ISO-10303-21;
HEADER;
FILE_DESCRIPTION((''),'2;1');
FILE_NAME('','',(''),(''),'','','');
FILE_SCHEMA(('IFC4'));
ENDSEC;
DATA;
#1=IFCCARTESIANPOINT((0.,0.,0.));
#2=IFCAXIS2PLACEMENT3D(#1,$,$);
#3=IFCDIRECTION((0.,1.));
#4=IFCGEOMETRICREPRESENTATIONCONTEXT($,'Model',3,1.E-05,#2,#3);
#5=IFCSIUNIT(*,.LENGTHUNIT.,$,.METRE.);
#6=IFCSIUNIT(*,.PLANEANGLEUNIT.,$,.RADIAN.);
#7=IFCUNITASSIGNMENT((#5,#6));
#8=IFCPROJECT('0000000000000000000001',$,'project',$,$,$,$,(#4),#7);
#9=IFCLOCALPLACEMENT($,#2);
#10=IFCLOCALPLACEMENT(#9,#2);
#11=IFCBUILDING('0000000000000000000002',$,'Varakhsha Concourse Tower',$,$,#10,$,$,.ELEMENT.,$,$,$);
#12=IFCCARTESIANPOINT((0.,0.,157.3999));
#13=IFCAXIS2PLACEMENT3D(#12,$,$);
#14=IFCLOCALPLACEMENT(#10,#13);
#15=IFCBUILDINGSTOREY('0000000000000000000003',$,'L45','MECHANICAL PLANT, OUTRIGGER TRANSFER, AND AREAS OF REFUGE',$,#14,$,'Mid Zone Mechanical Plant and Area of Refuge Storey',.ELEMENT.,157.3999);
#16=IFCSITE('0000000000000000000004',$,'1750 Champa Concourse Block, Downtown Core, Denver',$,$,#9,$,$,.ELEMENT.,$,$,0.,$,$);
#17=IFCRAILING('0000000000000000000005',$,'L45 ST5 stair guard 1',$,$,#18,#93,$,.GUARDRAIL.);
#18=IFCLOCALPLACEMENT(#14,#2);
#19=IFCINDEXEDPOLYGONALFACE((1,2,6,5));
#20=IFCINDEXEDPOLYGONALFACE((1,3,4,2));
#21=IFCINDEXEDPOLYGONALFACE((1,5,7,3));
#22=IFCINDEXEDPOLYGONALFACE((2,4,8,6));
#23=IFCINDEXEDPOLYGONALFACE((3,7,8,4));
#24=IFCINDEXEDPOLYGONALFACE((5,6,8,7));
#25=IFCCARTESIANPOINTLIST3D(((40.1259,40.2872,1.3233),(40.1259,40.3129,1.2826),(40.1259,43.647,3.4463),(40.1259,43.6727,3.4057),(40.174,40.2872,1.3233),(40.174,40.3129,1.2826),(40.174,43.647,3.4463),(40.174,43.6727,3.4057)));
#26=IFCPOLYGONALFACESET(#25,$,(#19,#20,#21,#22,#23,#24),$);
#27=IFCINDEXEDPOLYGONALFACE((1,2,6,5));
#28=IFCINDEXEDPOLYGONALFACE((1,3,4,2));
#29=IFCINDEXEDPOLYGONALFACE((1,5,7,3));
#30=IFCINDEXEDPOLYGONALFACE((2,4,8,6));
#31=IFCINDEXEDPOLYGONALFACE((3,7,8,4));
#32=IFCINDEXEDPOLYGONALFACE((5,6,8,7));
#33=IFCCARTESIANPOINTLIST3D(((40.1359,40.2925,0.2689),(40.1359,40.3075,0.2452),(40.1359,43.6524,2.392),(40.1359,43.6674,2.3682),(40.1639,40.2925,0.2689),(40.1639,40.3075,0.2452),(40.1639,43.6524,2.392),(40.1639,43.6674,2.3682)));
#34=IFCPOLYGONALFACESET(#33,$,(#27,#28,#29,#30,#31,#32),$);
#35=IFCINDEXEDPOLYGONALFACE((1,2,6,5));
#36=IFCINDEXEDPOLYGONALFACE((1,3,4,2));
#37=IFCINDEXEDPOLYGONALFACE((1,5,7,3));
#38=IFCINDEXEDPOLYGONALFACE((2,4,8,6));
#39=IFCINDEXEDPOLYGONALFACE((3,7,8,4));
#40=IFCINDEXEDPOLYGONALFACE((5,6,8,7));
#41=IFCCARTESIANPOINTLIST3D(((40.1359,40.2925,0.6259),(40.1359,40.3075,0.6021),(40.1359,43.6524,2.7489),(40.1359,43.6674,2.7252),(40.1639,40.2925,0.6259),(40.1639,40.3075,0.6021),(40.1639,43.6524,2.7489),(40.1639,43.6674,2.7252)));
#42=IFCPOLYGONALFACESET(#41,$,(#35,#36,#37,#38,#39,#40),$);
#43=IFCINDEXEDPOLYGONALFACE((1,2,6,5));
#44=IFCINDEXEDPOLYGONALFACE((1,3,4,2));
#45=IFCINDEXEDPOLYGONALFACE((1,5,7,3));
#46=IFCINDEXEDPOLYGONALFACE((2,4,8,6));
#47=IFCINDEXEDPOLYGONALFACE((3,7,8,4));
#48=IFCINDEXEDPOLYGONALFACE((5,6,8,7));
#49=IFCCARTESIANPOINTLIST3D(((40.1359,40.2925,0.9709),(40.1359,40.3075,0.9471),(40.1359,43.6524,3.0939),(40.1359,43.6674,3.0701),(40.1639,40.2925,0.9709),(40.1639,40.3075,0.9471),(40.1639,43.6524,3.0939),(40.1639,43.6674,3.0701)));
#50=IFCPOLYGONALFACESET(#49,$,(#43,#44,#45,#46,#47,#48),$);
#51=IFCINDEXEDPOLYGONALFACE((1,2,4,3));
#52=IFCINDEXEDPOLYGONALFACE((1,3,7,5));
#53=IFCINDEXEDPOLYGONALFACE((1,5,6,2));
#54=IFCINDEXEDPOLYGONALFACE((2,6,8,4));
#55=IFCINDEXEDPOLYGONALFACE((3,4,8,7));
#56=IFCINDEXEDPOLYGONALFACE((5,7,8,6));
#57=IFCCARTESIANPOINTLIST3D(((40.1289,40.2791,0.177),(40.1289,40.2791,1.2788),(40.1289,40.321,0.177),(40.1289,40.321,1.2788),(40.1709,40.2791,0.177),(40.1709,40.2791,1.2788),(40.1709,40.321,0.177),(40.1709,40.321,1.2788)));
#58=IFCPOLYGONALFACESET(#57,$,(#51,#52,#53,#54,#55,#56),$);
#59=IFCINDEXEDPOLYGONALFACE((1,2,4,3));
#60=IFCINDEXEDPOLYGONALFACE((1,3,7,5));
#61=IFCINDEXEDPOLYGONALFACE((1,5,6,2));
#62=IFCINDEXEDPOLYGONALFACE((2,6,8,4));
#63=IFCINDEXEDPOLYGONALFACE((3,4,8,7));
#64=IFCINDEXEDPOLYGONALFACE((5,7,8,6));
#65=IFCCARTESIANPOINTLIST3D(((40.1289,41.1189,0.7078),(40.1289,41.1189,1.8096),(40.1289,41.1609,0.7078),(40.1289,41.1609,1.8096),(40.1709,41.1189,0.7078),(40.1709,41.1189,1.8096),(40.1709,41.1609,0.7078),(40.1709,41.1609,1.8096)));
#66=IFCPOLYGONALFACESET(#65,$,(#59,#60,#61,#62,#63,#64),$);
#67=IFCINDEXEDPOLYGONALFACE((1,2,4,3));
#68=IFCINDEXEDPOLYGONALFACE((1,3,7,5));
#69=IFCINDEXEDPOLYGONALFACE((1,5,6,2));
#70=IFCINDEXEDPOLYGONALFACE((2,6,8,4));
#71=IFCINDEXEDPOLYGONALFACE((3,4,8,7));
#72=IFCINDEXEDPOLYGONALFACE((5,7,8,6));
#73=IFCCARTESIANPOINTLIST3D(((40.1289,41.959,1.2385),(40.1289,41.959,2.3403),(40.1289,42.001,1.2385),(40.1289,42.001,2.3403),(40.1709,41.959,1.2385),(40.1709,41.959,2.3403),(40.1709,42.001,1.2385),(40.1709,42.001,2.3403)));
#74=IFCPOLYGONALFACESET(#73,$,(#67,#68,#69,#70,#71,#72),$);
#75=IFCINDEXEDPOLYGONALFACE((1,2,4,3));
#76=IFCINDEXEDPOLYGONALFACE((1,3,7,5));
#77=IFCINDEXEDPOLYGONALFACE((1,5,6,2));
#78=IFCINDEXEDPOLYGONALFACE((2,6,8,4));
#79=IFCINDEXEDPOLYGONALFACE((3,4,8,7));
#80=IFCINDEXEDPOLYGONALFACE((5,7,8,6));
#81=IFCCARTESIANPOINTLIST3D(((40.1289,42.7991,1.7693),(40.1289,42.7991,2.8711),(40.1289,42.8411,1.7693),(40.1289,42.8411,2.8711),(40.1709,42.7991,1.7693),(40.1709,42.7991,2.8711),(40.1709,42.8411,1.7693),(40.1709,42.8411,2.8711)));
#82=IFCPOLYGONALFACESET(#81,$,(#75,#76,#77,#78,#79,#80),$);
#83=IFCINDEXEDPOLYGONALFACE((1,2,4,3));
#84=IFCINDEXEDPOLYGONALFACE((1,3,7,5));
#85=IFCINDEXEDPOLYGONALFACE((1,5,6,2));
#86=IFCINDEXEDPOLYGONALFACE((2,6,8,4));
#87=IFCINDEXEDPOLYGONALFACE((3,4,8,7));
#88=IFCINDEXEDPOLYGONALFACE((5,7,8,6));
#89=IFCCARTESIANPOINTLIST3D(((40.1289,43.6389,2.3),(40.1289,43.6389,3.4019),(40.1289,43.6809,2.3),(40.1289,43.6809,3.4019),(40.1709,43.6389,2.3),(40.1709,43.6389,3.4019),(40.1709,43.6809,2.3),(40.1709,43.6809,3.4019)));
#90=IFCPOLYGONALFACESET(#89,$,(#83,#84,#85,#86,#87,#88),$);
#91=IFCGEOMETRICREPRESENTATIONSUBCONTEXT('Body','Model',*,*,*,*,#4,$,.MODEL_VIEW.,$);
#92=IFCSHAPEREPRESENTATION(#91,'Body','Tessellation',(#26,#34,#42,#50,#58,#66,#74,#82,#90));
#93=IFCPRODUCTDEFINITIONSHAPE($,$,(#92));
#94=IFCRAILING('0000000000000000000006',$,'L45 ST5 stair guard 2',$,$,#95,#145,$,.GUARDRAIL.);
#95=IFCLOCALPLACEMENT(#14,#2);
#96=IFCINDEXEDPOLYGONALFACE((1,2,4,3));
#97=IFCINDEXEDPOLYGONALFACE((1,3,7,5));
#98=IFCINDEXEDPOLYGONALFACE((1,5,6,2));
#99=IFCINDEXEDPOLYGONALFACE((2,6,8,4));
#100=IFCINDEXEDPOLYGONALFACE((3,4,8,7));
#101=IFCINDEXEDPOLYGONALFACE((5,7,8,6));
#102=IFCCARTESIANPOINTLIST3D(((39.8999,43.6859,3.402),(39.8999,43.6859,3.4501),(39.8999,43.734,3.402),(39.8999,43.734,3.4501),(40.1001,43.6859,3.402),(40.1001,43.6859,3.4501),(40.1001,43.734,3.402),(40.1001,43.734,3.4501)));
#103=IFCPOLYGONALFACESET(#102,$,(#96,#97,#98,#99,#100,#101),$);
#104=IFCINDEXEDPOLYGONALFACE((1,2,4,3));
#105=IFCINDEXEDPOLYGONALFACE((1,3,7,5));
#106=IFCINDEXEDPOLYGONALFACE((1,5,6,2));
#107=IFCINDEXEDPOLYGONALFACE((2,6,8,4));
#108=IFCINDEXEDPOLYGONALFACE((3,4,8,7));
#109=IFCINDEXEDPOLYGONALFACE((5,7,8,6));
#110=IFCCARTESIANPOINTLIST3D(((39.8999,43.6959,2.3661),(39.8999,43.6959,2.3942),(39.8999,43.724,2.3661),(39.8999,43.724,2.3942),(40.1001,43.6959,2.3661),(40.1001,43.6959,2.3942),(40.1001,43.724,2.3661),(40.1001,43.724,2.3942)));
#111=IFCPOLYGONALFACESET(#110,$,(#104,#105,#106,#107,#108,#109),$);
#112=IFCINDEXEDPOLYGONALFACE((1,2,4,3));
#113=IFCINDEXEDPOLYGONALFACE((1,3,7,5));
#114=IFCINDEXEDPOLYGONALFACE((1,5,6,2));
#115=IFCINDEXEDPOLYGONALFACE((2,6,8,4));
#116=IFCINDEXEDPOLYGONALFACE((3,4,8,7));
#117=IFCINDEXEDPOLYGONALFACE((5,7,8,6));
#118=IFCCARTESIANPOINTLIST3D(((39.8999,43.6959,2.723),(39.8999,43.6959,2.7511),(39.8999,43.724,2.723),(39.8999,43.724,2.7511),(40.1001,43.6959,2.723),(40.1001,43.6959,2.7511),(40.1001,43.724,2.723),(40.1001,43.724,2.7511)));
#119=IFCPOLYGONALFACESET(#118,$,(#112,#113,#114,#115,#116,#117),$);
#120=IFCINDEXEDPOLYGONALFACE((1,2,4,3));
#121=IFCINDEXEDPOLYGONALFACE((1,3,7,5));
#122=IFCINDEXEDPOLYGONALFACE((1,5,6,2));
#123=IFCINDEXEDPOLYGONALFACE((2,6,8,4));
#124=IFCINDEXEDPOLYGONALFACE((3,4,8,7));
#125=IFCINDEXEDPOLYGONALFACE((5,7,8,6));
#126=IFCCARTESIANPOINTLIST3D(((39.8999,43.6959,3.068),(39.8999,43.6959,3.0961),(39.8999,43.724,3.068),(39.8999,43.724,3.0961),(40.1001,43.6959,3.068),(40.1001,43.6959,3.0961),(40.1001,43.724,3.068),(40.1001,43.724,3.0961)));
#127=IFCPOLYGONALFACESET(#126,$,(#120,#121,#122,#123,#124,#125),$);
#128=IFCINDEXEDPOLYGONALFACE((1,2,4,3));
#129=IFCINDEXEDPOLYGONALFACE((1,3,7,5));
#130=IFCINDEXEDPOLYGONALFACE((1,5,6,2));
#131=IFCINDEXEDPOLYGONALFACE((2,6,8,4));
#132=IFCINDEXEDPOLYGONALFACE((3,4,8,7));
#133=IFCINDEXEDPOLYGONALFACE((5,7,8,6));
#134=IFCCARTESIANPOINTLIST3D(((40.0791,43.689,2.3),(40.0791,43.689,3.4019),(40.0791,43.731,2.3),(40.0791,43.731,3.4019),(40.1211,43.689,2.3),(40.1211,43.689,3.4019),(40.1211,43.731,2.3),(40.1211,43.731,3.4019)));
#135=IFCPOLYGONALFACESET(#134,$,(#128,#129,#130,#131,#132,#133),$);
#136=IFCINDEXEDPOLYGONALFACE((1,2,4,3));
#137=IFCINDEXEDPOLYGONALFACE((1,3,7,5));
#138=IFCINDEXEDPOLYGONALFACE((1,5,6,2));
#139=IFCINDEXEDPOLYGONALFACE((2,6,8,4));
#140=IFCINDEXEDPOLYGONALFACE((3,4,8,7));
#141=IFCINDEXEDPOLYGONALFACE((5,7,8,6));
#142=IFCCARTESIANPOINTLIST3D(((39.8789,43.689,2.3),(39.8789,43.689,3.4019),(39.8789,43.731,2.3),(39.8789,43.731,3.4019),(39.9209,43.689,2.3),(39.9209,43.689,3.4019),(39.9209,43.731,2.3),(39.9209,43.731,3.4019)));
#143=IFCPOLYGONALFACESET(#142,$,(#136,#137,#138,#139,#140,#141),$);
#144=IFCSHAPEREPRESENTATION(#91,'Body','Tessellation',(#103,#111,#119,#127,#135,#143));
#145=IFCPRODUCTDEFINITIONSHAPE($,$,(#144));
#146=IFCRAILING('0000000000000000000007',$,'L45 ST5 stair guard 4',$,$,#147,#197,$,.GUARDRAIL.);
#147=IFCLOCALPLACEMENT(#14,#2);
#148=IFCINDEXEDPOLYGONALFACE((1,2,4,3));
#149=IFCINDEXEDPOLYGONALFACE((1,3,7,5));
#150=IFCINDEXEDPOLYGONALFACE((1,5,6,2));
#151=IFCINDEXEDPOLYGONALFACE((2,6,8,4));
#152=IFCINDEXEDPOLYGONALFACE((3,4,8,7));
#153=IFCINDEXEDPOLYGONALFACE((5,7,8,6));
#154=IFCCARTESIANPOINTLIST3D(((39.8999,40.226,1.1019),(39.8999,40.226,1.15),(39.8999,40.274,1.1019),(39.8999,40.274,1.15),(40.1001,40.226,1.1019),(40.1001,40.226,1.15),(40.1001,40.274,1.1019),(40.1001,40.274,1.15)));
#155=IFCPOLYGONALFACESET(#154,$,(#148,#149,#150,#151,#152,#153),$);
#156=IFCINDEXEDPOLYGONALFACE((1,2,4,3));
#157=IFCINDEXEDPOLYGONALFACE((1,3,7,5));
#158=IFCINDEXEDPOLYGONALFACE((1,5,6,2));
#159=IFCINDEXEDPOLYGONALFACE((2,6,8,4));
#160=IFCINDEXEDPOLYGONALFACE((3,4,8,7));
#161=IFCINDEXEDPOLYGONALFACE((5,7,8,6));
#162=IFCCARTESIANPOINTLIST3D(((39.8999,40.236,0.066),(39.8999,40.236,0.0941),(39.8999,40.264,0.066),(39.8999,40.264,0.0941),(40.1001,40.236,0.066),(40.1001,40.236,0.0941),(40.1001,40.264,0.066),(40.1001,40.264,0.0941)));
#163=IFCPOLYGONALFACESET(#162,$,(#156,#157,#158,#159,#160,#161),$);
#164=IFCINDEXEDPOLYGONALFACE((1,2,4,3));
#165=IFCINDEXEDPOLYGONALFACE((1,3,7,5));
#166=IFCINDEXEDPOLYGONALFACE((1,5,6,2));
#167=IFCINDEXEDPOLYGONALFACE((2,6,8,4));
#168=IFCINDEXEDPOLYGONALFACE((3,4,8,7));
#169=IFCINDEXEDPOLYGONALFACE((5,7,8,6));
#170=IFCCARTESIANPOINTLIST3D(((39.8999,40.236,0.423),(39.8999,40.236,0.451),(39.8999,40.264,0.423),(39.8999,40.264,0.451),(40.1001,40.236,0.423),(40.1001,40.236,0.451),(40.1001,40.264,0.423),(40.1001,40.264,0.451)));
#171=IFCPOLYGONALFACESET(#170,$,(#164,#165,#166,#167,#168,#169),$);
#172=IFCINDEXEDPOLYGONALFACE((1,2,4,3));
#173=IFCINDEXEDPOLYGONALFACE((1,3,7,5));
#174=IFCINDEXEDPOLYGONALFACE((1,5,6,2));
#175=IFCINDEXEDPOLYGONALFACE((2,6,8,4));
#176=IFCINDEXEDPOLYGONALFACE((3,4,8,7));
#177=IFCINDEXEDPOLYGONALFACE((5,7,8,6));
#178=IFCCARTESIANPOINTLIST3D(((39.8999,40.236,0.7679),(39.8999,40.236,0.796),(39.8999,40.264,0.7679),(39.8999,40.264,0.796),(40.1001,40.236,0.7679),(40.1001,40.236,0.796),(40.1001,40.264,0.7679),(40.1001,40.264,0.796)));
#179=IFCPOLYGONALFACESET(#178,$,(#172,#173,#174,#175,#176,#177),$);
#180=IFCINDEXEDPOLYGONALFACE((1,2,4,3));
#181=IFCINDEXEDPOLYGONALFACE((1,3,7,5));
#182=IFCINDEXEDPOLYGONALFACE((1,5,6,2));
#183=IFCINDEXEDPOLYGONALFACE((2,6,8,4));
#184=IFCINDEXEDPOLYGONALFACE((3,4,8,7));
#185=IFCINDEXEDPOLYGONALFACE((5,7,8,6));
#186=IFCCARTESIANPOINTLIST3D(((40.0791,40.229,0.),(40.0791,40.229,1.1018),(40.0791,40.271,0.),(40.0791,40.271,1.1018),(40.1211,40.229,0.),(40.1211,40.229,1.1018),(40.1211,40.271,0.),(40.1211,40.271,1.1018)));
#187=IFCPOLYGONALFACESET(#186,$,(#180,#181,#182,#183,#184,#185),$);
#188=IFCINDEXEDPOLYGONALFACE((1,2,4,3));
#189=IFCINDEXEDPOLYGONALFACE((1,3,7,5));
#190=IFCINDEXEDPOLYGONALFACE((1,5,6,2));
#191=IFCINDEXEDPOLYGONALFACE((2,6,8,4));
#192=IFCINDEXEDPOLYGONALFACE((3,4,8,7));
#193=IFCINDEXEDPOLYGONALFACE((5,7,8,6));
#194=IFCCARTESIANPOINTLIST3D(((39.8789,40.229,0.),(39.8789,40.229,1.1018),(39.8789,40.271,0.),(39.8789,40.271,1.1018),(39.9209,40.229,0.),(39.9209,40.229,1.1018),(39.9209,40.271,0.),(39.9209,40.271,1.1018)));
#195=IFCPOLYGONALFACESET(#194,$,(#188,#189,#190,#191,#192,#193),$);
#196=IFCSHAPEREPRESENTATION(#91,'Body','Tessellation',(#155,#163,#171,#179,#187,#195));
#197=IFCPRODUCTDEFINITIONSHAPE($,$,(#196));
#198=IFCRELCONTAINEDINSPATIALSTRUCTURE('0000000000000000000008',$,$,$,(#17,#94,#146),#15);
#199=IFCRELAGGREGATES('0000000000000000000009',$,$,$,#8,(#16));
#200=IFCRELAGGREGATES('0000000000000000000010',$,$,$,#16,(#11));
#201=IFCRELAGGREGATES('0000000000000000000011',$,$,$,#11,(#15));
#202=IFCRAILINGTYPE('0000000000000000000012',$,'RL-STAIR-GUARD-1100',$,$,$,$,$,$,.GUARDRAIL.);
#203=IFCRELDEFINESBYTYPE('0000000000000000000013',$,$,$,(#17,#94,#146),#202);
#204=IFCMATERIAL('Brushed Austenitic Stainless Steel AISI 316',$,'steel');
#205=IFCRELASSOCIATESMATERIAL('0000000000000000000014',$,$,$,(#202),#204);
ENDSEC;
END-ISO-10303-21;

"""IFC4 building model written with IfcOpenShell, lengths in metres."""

from ifc_helpers import new_model, si_unit, direction, frame, origin, origin_2d, place, context, subcontext, project, spatial, rectangle, extrude, material, type_object, element, save


model = new_model("IFC4")

# Units and contexts
model_context = context("Model", 3, precision=1e-05, world=origin(), true_north=direction((0.0, 1.0)))
body_context = subcontext(model_context, "Body", "Model", "MODEL_VIEW")
ifc_project = project(units=[si_unit("LENGTHUNIT", "METRE"), si_unit("PLANEANGLEUNIT", "RADIAN")], contexts=[model_context])

# Site, building, storey
site_placement = place(None, origin())
site = spatial("IfcSite", under=ifc_project, at=site_placement, Name="1750 Champa Concourse Block, Downtown Core, Denver", CompositionType="ELEMENT", RefElevation=0.0)
building_placement = place(site_placement, origin())
building = spatial("IfcBuilding", under=site, at=building_placement, Name="Varakhsha Concourse Tower", CompositionType="ELEMENT")
storey_placement = place(building_placement, frame((0.0, 0.0, 157.3999)))
storey = spatial("IfcBuildingStorey", under=building, at=storey_placement, Name="L45", Description="MECHANICAL PLANT, OUTRIGGER TRANSFER, AND AREAS OF REFUGE", LongName="Mid Zone Mechanical Plant and Area of Refuge Storey", CompositionType="ELEMENT", Elevation=157.3999)

# Railings
ifc_material_1 = material(Name="Brushed Austenitic Stainless Steel AISI 316", Category="steel")
railing_type_1 = type_object("IfcRailingType", Name="RL-STAIR-GUARD-1100", PredefinedType="GUARDRAIL", material=ifc_material_1)
railing_1_placement = place(storey_placement, frame((40.1499, 40.3, 0.177)))
element("IfcRailing", 1, at=railing_1_placement, inside=storey, type_object=railing_type_1, Name="L45 ST5 stair guard 1", PredefinedType="GUARDRAIL", context=body_context, shape_type="SweptSolid", body=[
    extrude(rectangle(XDim=0.0481, YDim=0.0481, at=origin_2d()), frame((0.0, 0.0, 1.126), z_axis=(0.0, 0.845372, 0.534178), x_axis=(-1.0, 0.0, 0.0)), (0.0, 0.0, 1.0), 3.9744),
    extrude(rectangle(XDim=0.0281, YDim=0.0281, at=origin_2d()), frame((0.0, 0.0, 0.0801), z_axis=(0.0, 0.845372, 0.534178), x_axis=(-1.0, 0.0, 0.0)), (0.0, 0.0, 1.0), 3.9744),
    extrude(rectangle(XDim=0.0281, YDim=0.0281, at=origin_2d()), frame((0.0, 0.0, 0.437), z_axis=(0.0, 0.845372, 0.534178), x_axis=(-1.0, 0.0, 0.0)), (0.0, 0.0, 1.0), 3.9744),
    extrude(rectangle(XDim=0.0281, YDim=0.0281, at=origin_2d()), frame((0.0, 0.0, 0.782), z_axis=(0.0, 0.845372, 0.534178), x_axis=(-1.0, 0.0, 0.0)), (0.0, 0.0, 1.0), 3.9744),
    extrude(rectangle(XDim=0.042, YDim=0.042, at=origin_2d()), origin(), (0.0, 0.0, 1.0), 1.1018),
    extrude(rectangle(XDim=0.042, YDim=0.042, at=origin_2d()), frame((0.0, 0.8398, 0.5308)), (0.0, 0.0, 1.0), 1.1018),
    extrude(rectangle(XDim=0.042, YDim=0.042, at=origin_2d()), frame((0.0, 1.6799, 1.0615)), (0.0, 0.0, 1.0), 1.1018),
    extrude(rectangle(XDim=0.042, YDim=0.042, at=origin_2d()), frame((0.0, 2.52, 1.5923)), (0.0, 0.0, 1.0), 1.1018),
    extrude(rectangle(XDim=0.042, YDim=0.042, at=origin_2d()), frame((0.0, 3.3599, 2.123)), (0.0, 0.0, 1.0), 1.1018),
])
for number, where, name in (
    (2, (40.1001, 43.71, 2.3), "L45 ST5 stair guard 2"),
    (3, (40.1001, 40.25, 0.0), "L45 ST5 stair guard 4"),
):
    element("IfcRailing", number, at=place(storey_placement, frame(where)), inside=storey, type_object=railing_type_1, Name=name, PredefinedType="GUARDRAIL", context=body_context, shape_type="SweptSolid", body=[
        extrude(rectangle(XDim=0.0481, YDim=0.0481, at=origin_2d()), frame((0.0, 0.0, 1.126), z_axis=(-1.0, 0.0, 0.0), x_axis=(0.0, -1.0, 0.0)), (0.0, 0.0, 1.0), 0.2002),
        extrude(rectangle(XDim=0.0281, YDim=0.0281, at=origin_2d()), frame((0.0, 0.0, 0.0801), z_axis=(-1.0, 0.0, 0.0), x_axis=(0.0, -1.0, 0.0)), (0.0, 0.0, 1.0), 0.2002),
        extrude(rectangle(XDim=0.0281, YDim=0.0281, at=origin_2d()), frame((0.0, 0.0, 0.437), z_axis=(-1.0, 0.0, 0.0), x_axis=(0.0, -1.0, 0.0)), (0.0, 0.0, 1.0), 0.2002),
        extrude(rectangle(XDim=0.0281, YDim=0.0281, at=origin_2d()), frame((0.0, 0.0, 0.782), z_axis=(-1.0, 0.0, 0.0), x_axis=(0.0, -1.0, 0.0)), (0.0, 0.0, 1.0), 0.2002),
        extrude(rectangle(XDim=0.042, YDim=0.042, at=origin_2d()), origin(), (0.0, 0.0, 1.0), 1.1018),
        extrude(rectangle(XDim=0.042, YDim=0.042, at=origin_2d()), frame((-0.2002, 0.0, 0.0)), (0.0, 0.0, 1.0), 1.1018),
    ])

save(model, "model.ifc")
